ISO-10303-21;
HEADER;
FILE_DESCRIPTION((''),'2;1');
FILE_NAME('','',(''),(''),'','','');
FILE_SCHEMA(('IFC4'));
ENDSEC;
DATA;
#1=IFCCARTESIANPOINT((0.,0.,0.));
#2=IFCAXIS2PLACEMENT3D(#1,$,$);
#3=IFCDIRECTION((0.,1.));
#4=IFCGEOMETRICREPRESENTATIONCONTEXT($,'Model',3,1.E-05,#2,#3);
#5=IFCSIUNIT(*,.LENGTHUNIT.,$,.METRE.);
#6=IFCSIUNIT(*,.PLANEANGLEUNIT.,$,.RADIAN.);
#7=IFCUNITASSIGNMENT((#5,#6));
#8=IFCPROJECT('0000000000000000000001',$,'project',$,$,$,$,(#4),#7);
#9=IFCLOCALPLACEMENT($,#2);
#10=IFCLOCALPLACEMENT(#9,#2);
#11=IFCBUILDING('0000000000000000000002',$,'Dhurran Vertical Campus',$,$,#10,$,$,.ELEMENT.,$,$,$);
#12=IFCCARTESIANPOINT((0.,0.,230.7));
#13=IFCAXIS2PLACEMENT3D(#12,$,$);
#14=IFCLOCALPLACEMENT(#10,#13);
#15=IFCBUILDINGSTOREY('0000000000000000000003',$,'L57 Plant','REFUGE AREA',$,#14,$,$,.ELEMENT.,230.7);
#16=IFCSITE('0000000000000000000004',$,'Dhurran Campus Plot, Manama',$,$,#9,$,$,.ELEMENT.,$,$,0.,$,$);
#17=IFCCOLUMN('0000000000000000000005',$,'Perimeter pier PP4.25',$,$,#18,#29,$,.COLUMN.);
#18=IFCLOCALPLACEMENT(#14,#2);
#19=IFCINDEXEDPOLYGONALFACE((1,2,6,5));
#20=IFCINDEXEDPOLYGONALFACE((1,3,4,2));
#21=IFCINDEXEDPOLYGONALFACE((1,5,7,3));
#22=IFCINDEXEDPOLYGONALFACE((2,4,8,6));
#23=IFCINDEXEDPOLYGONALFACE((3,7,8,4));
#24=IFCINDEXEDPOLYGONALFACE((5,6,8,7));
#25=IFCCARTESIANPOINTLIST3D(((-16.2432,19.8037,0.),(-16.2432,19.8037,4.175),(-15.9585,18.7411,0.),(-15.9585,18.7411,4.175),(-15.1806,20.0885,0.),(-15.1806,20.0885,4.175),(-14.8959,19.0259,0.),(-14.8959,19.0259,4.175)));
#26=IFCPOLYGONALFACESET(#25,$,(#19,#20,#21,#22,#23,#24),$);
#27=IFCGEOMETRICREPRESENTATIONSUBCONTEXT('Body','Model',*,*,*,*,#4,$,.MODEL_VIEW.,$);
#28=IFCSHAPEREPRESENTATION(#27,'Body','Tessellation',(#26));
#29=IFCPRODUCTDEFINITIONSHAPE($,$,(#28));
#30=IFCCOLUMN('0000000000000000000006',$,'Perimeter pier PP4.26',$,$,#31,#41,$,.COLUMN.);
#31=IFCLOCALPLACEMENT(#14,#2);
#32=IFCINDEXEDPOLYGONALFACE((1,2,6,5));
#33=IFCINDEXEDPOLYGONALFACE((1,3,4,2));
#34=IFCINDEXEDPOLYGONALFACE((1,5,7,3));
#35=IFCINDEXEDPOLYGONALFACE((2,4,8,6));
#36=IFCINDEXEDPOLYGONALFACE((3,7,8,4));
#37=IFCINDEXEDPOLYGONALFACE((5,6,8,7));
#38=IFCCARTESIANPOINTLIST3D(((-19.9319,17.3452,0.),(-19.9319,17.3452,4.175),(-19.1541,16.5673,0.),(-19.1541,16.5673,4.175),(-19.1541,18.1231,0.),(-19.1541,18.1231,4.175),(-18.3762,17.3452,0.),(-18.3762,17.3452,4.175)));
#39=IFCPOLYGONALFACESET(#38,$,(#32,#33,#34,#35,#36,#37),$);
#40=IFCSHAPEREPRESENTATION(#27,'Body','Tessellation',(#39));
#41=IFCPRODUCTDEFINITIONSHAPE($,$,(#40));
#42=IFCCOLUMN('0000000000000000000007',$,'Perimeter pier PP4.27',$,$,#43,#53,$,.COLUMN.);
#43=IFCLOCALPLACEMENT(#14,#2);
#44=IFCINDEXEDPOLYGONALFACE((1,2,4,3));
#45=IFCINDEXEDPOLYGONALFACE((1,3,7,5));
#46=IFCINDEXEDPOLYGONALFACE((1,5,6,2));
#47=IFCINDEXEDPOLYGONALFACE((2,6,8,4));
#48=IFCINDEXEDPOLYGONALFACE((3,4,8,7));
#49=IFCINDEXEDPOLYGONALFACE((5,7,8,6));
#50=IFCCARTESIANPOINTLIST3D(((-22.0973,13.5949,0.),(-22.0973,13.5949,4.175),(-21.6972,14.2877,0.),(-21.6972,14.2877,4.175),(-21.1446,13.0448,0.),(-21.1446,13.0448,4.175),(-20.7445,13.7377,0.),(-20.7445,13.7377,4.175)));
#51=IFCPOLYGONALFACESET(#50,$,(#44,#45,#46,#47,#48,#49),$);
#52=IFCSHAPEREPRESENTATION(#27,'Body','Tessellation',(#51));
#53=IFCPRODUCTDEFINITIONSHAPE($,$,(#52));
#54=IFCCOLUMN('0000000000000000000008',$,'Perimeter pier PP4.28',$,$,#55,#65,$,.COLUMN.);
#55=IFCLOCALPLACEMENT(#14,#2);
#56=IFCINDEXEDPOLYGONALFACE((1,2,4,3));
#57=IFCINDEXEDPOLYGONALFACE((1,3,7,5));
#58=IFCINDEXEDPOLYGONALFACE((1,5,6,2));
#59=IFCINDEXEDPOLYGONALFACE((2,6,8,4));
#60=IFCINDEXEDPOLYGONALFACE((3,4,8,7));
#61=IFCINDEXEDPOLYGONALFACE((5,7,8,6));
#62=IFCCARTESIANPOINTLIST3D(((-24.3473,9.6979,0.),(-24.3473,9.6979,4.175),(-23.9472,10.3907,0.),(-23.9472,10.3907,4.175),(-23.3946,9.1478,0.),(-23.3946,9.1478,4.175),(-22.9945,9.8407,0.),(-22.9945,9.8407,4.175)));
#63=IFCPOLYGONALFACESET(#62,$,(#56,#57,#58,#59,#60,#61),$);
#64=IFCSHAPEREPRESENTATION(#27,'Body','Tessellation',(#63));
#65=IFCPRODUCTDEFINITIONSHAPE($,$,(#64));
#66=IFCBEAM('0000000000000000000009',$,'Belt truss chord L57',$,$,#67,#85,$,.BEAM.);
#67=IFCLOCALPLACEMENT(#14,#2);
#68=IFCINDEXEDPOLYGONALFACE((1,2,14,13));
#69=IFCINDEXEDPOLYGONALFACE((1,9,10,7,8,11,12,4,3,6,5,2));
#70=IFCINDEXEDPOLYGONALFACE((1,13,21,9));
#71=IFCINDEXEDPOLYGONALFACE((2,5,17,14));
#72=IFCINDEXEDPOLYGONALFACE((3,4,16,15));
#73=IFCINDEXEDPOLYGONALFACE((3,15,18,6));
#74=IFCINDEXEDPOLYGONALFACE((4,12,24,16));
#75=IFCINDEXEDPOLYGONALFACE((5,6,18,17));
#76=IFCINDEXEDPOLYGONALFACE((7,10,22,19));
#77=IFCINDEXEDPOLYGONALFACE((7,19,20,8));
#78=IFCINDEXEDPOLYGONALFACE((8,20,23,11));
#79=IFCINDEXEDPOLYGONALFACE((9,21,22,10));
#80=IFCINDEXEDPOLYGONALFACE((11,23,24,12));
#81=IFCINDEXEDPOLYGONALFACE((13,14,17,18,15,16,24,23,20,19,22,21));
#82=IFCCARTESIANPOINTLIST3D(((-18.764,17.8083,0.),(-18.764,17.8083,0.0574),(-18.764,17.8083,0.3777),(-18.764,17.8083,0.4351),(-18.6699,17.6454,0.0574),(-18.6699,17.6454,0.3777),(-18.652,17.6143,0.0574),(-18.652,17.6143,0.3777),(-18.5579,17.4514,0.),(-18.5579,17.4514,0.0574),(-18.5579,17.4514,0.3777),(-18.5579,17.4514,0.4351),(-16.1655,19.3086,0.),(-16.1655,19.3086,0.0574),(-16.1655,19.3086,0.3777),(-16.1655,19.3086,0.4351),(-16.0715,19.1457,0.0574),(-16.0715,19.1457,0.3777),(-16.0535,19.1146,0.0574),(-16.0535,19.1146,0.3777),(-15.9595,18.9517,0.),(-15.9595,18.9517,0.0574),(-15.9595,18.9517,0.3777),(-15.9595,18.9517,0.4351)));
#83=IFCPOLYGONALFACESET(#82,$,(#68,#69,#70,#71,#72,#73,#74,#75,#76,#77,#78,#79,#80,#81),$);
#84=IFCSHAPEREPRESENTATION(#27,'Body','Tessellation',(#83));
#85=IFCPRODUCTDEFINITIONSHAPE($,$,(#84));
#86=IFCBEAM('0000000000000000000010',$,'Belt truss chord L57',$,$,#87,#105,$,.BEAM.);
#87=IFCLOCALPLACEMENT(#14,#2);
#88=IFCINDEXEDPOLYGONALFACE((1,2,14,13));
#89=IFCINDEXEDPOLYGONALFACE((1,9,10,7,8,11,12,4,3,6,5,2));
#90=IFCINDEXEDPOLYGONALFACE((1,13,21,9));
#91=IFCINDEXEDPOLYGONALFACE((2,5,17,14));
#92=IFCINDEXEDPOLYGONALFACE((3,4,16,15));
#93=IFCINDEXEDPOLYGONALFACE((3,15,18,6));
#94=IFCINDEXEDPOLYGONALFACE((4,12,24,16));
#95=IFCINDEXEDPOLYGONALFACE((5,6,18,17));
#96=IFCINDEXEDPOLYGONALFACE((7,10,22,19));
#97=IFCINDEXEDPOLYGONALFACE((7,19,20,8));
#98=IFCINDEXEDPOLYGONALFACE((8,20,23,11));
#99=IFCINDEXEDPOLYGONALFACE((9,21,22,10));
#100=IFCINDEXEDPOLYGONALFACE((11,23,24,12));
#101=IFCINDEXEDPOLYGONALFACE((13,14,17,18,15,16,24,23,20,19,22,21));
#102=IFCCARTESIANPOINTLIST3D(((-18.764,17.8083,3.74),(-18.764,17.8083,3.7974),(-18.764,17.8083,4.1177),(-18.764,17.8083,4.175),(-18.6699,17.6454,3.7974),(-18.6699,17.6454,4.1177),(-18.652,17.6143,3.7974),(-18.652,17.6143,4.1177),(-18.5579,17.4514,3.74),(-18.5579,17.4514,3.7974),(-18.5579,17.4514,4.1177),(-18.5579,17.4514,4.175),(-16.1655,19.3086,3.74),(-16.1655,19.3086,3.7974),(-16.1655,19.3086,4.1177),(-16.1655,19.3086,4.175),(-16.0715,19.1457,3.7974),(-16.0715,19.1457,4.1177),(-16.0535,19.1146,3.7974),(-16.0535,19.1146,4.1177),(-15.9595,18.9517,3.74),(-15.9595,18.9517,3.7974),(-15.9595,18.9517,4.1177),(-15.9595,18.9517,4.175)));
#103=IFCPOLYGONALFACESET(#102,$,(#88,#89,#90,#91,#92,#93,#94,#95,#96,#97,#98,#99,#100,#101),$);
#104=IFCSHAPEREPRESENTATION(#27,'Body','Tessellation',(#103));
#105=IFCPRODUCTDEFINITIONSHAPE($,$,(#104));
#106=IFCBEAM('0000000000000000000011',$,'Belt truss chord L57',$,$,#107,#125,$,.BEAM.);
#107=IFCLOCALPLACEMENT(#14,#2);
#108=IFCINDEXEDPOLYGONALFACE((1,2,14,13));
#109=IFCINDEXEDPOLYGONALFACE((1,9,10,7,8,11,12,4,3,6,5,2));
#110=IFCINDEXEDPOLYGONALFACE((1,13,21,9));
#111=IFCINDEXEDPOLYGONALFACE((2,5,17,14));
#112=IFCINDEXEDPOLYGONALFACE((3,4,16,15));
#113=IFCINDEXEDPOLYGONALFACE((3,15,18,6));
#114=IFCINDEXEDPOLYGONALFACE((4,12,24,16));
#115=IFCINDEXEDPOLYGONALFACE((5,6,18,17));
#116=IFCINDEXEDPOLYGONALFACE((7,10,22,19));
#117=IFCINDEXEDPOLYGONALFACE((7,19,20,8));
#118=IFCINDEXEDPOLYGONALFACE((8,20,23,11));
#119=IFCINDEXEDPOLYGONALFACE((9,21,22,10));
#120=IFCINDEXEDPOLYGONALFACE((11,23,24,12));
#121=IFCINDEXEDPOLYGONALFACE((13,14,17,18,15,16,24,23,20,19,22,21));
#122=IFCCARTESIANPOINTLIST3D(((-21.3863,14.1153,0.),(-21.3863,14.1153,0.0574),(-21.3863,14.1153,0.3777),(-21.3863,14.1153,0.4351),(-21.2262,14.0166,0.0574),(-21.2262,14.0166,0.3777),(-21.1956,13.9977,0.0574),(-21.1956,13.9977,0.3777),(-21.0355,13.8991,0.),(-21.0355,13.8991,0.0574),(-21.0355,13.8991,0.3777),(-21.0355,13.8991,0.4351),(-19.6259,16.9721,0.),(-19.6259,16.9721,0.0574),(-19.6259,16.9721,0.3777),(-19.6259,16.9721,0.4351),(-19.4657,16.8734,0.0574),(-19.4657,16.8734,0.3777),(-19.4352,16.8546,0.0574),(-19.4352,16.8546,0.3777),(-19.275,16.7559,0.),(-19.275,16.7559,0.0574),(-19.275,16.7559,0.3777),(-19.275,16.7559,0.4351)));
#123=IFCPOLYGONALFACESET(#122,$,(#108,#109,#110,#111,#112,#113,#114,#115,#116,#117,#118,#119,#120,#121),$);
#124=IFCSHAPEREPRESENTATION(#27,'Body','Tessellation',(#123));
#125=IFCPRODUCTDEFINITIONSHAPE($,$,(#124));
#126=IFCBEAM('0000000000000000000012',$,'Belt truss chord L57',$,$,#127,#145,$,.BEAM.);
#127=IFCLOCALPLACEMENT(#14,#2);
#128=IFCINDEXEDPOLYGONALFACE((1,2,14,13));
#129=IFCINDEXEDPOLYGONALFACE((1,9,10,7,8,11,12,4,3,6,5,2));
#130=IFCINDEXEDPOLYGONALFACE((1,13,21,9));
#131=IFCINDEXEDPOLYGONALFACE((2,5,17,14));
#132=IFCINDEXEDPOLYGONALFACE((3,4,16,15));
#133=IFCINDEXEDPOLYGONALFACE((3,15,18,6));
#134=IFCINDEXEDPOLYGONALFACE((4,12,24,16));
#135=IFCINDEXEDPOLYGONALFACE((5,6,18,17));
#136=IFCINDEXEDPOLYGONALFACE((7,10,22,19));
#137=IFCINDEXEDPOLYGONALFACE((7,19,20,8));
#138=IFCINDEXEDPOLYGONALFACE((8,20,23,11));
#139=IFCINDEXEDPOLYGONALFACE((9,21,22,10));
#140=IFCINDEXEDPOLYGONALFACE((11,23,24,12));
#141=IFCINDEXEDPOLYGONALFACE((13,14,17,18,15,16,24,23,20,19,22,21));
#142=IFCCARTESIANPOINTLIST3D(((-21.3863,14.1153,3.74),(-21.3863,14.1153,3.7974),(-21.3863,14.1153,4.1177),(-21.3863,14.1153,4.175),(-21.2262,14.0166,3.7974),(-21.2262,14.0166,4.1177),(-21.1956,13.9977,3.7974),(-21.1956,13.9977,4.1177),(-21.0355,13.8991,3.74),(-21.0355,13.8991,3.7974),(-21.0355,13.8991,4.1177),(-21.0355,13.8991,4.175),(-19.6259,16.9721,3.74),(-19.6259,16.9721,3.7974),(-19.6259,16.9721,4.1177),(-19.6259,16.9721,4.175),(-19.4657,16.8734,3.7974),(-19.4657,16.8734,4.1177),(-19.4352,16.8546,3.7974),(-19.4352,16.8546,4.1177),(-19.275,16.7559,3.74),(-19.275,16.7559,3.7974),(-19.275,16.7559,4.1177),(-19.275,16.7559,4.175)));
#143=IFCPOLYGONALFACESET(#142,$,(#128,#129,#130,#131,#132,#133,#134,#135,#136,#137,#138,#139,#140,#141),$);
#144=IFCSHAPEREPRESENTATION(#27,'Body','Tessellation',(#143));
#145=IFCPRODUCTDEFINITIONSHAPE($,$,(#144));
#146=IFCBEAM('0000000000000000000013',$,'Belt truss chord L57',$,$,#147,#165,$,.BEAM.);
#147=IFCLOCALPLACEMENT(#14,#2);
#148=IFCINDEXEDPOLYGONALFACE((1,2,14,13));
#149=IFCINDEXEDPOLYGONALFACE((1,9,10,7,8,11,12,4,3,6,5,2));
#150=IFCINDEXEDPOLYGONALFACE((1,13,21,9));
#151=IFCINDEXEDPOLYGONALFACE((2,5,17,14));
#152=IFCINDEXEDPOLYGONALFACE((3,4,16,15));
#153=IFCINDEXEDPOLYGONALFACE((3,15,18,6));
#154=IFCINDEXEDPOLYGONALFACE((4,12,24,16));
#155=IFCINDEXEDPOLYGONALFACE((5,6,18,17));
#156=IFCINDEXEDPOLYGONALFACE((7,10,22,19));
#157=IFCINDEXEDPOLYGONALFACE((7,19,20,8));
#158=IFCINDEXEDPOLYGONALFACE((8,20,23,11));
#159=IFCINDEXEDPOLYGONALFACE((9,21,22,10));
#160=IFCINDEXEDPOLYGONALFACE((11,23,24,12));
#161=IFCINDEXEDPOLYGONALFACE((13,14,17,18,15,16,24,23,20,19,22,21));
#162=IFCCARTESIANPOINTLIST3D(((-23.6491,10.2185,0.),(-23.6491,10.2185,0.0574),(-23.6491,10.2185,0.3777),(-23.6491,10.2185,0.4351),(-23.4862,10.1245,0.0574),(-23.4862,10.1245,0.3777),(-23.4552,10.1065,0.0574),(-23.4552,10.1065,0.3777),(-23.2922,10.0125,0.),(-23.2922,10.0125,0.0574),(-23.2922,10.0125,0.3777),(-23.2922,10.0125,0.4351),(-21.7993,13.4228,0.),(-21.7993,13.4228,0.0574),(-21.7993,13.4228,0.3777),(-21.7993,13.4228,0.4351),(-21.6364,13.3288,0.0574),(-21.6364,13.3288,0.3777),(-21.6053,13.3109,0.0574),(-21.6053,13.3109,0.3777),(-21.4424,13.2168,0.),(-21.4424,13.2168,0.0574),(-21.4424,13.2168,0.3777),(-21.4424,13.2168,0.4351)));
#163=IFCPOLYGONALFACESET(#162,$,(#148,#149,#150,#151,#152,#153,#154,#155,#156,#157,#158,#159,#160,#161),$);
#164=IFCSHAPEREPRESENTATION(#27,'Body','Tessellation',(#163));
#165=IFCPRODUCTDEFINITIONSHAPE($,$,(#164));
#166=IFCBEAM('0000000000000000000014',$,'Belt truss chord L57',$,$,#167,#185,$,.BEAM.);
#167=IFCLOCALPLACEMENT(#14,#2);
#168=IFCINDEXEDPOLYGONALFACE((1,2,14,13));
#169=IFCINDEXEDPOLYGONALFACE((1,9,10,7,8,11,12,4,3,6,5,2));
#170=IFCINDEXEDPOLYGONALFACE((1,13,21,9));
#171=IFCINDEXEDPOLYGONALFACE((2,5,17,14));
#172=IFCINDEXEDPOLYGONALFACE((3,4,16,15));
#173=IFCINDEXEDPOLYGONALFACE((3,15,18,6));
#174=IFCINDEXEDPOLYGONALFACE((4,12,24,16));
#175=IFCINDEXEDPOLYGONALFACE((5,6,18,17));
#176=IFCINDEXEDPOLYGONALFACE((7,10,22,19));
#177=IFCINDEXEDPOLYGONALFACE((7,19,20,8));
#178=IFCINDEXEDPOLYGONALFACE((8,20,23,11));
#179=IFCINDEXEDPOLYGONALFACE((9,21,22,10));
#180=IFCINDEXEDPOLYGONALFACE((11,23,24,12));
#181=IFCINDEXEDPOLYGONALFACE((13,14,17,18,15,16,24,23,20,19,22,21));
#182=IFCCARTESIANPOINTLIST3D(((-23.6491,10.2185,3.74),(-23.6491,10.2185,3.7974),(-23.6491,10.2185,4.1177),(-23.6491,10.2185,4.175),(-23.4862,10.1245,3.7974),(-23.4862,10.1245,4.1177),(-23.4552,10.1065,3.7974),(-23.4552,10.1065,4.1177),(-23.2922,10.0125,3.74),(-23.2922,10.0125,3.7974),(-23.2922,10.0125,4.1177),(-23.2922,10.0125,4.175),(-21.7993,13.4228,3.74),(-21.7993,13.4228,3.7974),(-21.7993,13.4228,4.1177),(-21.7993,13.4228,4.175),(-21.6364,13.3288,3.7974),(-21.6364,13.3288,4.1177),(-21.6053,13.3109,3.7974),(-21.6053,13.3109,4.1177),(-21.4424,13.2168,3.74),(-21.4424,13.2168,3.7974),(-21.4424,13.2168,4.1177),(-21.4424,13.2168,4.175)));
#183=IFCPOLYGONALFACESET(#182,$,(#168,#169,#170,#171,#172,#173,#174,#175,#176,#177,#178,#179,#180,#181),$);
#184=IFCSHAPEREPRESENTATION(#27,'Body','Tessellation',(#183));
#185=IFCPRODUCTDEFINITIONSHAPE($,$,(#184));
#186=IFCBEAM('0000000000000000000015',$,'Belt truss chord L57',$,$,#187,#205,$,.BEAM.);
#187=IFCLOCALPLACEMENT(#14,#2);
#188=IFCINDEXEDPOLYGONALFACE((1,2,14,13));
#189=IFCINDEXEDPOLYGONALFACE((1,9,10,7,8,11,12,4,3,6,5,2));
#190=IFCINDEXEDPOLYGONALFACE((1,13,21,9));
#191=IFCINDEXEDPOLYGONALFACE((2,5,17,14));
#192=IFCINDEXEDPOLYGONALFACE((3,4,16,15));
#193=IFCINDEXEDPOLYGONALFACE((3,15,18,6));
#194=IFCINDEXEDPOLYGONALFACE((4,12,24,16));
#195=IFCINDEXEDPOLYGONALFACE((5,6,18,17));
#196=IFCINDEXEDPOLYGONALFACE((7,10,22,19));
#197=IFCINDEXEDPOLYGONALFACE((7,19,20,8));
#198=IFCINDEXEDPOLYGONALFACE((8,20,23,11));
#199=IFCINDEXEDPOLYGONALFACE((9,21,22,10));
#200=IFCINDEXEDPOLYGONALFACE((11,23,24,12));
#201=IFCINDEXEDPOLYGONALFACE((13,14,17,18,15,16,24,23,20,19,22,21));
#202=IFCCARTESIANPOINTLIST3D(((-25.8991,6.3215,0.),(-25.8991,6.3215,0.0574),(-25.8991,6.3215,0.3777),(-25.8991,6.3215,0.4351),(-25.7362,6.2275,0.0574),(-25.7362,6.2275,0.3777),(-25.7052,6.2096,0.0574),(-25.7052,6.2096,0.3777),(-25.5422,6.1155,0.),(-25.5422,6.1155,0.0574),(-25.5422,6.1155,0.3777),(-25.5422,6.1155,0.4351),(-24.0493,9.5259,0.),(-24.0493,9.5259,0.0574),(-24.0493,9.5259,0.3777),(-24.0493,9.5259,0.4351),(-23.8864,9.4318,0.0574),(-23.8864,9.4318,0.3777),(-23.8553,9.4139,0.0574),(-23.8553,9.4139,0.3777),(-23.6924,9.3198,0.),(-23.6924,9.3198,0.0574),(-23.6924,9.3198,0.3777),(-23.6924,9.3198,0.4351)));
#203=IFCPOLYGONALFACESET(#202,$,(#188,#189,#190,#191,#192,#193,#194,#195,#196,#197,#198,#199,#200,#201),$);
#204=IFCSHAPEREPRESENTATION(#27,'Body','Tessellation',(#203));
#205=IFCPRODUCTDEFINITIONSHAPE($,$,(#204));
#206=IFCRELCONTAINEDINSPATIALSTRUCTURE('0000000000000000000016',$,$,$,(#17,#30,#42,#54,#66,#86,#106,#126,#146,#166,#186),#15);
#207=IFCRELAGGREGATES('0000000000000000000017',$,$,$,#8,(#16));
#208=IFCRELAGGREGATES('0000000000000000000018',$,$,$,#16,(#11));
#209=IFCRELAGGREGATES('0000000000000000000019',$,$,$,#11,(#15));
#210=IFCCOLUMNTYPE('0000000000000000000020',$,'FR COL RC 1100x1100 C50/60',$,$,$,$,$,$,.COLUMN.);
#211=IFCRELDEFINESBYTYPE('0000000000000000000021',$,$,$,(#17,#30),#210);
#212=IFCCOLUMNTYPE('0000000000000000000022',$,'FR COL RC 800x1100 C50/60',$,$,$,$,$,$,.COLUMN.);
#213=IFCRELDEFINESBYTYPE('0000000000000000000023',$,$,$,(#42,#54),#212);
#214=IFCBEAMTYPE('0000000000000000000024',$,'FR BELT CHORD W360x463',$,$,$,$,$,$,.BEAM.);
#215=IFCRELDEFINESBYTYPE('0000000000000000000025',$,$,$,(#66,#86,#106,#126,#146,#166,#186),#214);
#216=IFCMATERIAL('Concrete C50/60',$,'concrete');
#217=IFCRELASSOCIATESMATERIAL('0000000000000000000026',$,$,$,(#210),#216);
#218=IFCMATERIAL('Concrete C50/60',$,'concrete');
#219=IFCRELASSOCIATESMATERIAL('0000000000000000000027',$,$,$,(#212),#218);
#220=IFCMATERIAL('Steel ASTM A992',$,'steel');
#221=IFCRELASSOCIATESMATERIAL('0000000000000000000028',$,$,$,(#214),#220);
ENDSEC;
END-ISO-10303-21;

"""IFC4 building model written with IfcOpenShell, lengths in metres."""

from ifc_helpers import new_model, si_unit, direction, frame, origin, origin_2d, place, context, subcontext, project, spatial, rectangle, i_section, extrude, material, material_profile, profile_set, type_object, element, save


model = new_model("IFC4")

# Units and contexts
model_context = context("Model", 3, precision=1e-05, world=origin(), true_north=direction((0.0, 1.0)))
body_context = subcontext(model_context, "Body", "Model", "MODEL_VIEW")
ifc_project = project(units=[si_unit("LENGTHUNIT", "METRE"), si_unit("PLANEANGLEUNIT", "RADIAN")], contexts=[model_context])

# Site, building, storey
site_placement = place(None, origin())
site = spatial("IfcSite", under=ifc_project, at=site_placement, Name="Dhurran Campus Plot, Manama", CompositionType="ELEMENT", RefElevation=0.0)
building_placement = place(site_placement, origin())
building = spatial("IfcBuilding", under=site, at=building_placement, Name="Dhurran Vertical Campus", CompositionType="ELEMENT")
storey_placement = place(building_placement, frame((0.0, 0.0, 230.7)))
storey = spatial("IfcBuildingStorey", under=building, at=storey_placement, Name="L57 Plant", Description="REFUGE AREA", CompositionType="ELEMENT", Elevation=230.7)

# Columns
ifc_material_1 = material(Name="Concrete C50/60", Category="concrete")
ifc_material_profile_1 = material_profile(ifc_material_1, rectangle(XDim=1.1001, YDim=1.1001, at=origin_2d()), Name="RC 1100x1100")
ifc_profile_set_1 = profile_set([ifc_material_profile_1], Name="Concrete C50/60")
column_type_1 = type_object("IfcColumnType", Name="FR COL RC 1100x1100 C50/60", PredefinedType="COLUMN", material=ifc_profile_set_1)
for number, where, z_axis, x_axis, name in (
    (1, (-15.5696, 19.4148, 0.0), (0.0, 0.0, 1.0), (-0.965926, -0.258819, 0.0), "Perimeter pier PP4.25"),
    (2, (-19.1541, 17.3452, 0.0), (0.0, 0.0, 1.0), (-0.707107, -0.707107, 0.0), "Perimeter pier PP4.26"),
):
    element("IfcColumn", number, at=place(storey_placement, frame(where, z_axis=z_axis, x_axis=x_axis)), inside=storey, type_object=column_type_1, Name=name, PredefinedType="COLUMN", context=body_context, shape_type="SweptSolid", body=[
        extrude(rectangle(XDim=1.1001, YDim=1.1001, at=origin_2d()), origin(), (0.0, 0.0, 1.0), 4.175),
    ])
ifc_material_2 = material(Name="Concrete C50/60", Category="concrete")
ifc_material_profile_2 = material_profile(ifc_material_2, rectangle(XDim=0.8, YDim=1.1001, at=origin_2d()), Name="RC 800x1100")
ifc_profile_set_2 = profile_set([ifc_material_profile_2], Name="Concrete C50/60")
column_type_2 = type_object("IfcColumnType", Name="FR COL RC 800x1100 C50/60", PredefinedType="COLUMN", material=ifc_profile_set_2)
for number, where, z_axis, x_axis, name in (
    (3, (-21.4209, 13.6663, 0.0), (0.0, 0.0, 1.0), (-0.5, -0.866025, 0.0), "Perimeter pier PP4.27"),
    (4, (-23.6709, 9.7693, 0.0), (0.0, 0.0, 1.0), (-0.5, -0.866025, 0.0), "Perimeter pier PP4.28"),
):
    element("IfcColumn", number, at=place(storey_placement, frame(where, z_axis=z_axis, x_axis=x_axis)), inside=storey, type_object=column_type_2, Name=name, PredefinedType="COLUMN", context=body_context, shape_type="SweptSolid", body=[
        extrude(rectangle(XDim=0.8, YDim=1.1001, at=origin_2d()), origin(), (0.0, 0.0, 1.0), 4.175),
    ])

# Beams
ifc_material_3 = material(Name="Steel ASTM A992", Category="steel")
ifc_material_profile_3 = material_profile(ifc_material_3, i_section(OverallWidth=0.4121, OverallDepth=0.4351, WebThickness=0.0359, FlangeThickness=0.0574, at=origin_2d()), Name="W360x463")
ifc_profile_set_3 = profile_set([ifc_material_profile_3], Name="Steel ASTM A992")
beam_type = type_object("IfcBeamType", Name="FR BELT CHORD W360x463", PredefinedType="BEAM", material=ifc_profile_set_3)
for number, where, z_axis, x_axis, name in (
    (5, (-16.0625, 19.1301, 0.2175), (-0.866016, -0.500016, 0.0), (0.500016, -0.866016, 0.0), "Belt truss chord L57"),
    (6, (-16.0625, 19.1301, 3.9575), (-0.866016, -0.500016, 0.0), (0.500016, -0.866016, 0.0), "Belt truss chord L57"),
):
    element("IfcBeam", number, at=place(storey_placement, frame(where, z_axis=z_axis, x_axis=x_axis)), inside=storey, type_object=beam_type, Name=name, PredefinedType="BEAM", context=body_context, shape_type="SweptSolid", body=[
        extrude(i_section(OverallWidth=0.4121, OverallDepth=0.4351, WebThickness=0.0359, FlangeThickness=0.0574, at=origin_2d()), origin(), (0.0, 0.0, 1.0), 3.0005),
    ])
for number, where, z_axis, x_axis, name in (
    (7, (-19.4504, 16.864, 0.2175), (-0.524613, -0.851341, 0.0), (0.851341, -0.524613, 0.0), "Belt truss chord L57"),
    (8, (-19.4504, 16.864, 3.9575), (-0.524613, -0.851341, 0.0), (0.851341, -0.524613, 0.0), "Belt truss chord L57"),
):
    element("IfcBeam", number, at=place(storey_placement, frame(where, z_axis=z_axis, x_axis=x_axis)), inside=storey, type_object=beam_type, Name=name, PredefinedType="BEAM", context=body_context, shape_type="SweptSolid", body=[
        extrude(i_section(OverallWidth=0.4121, OverallDepth=0.4351, WebThickness=0.0359, FlangeThickness=0.0574, at=origin_2d()), origin(), (0.0, 0.0, 1.0), 3.3557),
    ])
for number, where, z_axis, x_axis, name in (
    (9, (-21.6208, 13.3198, 0.2175), (-0.499964, -0.866046, 0.0), (0.866046, -0.499964, 0.0), "Belt truss chord L57"),
    (10, (-21.6208, 13.3198, 3.9575), (-0.499964, -0.866046, 0.0), (0.866046, -0.499964, 0.0), "Belt truss chord L57"),
    (11, (-23.8708, 9.4229, 0.2175), (-0.499964, -0.866046, 0.0), (0.866046, -0.499964, 0.0), "Belt truss chord L57"),
):
    element("IfcBeam", number, at=place(storey_placement, frame(where, z_axis=z_axis, x_axis=x_axis)), inside=storey, type_object=beam_type, Name=name, PredefinedType="BEAM", context=body_context, shape_type="SweptSolid", body=[
        extrude(i_section(OverallWidth=0.4121, OverallDepth=0.4351, WebThickness=0.0359, FlangeThickness=0.0574, at=origin_2d()), origin(), (0.0, 0.0, 1.0), 3.7),
    ])

save(model, "model.ifc")
